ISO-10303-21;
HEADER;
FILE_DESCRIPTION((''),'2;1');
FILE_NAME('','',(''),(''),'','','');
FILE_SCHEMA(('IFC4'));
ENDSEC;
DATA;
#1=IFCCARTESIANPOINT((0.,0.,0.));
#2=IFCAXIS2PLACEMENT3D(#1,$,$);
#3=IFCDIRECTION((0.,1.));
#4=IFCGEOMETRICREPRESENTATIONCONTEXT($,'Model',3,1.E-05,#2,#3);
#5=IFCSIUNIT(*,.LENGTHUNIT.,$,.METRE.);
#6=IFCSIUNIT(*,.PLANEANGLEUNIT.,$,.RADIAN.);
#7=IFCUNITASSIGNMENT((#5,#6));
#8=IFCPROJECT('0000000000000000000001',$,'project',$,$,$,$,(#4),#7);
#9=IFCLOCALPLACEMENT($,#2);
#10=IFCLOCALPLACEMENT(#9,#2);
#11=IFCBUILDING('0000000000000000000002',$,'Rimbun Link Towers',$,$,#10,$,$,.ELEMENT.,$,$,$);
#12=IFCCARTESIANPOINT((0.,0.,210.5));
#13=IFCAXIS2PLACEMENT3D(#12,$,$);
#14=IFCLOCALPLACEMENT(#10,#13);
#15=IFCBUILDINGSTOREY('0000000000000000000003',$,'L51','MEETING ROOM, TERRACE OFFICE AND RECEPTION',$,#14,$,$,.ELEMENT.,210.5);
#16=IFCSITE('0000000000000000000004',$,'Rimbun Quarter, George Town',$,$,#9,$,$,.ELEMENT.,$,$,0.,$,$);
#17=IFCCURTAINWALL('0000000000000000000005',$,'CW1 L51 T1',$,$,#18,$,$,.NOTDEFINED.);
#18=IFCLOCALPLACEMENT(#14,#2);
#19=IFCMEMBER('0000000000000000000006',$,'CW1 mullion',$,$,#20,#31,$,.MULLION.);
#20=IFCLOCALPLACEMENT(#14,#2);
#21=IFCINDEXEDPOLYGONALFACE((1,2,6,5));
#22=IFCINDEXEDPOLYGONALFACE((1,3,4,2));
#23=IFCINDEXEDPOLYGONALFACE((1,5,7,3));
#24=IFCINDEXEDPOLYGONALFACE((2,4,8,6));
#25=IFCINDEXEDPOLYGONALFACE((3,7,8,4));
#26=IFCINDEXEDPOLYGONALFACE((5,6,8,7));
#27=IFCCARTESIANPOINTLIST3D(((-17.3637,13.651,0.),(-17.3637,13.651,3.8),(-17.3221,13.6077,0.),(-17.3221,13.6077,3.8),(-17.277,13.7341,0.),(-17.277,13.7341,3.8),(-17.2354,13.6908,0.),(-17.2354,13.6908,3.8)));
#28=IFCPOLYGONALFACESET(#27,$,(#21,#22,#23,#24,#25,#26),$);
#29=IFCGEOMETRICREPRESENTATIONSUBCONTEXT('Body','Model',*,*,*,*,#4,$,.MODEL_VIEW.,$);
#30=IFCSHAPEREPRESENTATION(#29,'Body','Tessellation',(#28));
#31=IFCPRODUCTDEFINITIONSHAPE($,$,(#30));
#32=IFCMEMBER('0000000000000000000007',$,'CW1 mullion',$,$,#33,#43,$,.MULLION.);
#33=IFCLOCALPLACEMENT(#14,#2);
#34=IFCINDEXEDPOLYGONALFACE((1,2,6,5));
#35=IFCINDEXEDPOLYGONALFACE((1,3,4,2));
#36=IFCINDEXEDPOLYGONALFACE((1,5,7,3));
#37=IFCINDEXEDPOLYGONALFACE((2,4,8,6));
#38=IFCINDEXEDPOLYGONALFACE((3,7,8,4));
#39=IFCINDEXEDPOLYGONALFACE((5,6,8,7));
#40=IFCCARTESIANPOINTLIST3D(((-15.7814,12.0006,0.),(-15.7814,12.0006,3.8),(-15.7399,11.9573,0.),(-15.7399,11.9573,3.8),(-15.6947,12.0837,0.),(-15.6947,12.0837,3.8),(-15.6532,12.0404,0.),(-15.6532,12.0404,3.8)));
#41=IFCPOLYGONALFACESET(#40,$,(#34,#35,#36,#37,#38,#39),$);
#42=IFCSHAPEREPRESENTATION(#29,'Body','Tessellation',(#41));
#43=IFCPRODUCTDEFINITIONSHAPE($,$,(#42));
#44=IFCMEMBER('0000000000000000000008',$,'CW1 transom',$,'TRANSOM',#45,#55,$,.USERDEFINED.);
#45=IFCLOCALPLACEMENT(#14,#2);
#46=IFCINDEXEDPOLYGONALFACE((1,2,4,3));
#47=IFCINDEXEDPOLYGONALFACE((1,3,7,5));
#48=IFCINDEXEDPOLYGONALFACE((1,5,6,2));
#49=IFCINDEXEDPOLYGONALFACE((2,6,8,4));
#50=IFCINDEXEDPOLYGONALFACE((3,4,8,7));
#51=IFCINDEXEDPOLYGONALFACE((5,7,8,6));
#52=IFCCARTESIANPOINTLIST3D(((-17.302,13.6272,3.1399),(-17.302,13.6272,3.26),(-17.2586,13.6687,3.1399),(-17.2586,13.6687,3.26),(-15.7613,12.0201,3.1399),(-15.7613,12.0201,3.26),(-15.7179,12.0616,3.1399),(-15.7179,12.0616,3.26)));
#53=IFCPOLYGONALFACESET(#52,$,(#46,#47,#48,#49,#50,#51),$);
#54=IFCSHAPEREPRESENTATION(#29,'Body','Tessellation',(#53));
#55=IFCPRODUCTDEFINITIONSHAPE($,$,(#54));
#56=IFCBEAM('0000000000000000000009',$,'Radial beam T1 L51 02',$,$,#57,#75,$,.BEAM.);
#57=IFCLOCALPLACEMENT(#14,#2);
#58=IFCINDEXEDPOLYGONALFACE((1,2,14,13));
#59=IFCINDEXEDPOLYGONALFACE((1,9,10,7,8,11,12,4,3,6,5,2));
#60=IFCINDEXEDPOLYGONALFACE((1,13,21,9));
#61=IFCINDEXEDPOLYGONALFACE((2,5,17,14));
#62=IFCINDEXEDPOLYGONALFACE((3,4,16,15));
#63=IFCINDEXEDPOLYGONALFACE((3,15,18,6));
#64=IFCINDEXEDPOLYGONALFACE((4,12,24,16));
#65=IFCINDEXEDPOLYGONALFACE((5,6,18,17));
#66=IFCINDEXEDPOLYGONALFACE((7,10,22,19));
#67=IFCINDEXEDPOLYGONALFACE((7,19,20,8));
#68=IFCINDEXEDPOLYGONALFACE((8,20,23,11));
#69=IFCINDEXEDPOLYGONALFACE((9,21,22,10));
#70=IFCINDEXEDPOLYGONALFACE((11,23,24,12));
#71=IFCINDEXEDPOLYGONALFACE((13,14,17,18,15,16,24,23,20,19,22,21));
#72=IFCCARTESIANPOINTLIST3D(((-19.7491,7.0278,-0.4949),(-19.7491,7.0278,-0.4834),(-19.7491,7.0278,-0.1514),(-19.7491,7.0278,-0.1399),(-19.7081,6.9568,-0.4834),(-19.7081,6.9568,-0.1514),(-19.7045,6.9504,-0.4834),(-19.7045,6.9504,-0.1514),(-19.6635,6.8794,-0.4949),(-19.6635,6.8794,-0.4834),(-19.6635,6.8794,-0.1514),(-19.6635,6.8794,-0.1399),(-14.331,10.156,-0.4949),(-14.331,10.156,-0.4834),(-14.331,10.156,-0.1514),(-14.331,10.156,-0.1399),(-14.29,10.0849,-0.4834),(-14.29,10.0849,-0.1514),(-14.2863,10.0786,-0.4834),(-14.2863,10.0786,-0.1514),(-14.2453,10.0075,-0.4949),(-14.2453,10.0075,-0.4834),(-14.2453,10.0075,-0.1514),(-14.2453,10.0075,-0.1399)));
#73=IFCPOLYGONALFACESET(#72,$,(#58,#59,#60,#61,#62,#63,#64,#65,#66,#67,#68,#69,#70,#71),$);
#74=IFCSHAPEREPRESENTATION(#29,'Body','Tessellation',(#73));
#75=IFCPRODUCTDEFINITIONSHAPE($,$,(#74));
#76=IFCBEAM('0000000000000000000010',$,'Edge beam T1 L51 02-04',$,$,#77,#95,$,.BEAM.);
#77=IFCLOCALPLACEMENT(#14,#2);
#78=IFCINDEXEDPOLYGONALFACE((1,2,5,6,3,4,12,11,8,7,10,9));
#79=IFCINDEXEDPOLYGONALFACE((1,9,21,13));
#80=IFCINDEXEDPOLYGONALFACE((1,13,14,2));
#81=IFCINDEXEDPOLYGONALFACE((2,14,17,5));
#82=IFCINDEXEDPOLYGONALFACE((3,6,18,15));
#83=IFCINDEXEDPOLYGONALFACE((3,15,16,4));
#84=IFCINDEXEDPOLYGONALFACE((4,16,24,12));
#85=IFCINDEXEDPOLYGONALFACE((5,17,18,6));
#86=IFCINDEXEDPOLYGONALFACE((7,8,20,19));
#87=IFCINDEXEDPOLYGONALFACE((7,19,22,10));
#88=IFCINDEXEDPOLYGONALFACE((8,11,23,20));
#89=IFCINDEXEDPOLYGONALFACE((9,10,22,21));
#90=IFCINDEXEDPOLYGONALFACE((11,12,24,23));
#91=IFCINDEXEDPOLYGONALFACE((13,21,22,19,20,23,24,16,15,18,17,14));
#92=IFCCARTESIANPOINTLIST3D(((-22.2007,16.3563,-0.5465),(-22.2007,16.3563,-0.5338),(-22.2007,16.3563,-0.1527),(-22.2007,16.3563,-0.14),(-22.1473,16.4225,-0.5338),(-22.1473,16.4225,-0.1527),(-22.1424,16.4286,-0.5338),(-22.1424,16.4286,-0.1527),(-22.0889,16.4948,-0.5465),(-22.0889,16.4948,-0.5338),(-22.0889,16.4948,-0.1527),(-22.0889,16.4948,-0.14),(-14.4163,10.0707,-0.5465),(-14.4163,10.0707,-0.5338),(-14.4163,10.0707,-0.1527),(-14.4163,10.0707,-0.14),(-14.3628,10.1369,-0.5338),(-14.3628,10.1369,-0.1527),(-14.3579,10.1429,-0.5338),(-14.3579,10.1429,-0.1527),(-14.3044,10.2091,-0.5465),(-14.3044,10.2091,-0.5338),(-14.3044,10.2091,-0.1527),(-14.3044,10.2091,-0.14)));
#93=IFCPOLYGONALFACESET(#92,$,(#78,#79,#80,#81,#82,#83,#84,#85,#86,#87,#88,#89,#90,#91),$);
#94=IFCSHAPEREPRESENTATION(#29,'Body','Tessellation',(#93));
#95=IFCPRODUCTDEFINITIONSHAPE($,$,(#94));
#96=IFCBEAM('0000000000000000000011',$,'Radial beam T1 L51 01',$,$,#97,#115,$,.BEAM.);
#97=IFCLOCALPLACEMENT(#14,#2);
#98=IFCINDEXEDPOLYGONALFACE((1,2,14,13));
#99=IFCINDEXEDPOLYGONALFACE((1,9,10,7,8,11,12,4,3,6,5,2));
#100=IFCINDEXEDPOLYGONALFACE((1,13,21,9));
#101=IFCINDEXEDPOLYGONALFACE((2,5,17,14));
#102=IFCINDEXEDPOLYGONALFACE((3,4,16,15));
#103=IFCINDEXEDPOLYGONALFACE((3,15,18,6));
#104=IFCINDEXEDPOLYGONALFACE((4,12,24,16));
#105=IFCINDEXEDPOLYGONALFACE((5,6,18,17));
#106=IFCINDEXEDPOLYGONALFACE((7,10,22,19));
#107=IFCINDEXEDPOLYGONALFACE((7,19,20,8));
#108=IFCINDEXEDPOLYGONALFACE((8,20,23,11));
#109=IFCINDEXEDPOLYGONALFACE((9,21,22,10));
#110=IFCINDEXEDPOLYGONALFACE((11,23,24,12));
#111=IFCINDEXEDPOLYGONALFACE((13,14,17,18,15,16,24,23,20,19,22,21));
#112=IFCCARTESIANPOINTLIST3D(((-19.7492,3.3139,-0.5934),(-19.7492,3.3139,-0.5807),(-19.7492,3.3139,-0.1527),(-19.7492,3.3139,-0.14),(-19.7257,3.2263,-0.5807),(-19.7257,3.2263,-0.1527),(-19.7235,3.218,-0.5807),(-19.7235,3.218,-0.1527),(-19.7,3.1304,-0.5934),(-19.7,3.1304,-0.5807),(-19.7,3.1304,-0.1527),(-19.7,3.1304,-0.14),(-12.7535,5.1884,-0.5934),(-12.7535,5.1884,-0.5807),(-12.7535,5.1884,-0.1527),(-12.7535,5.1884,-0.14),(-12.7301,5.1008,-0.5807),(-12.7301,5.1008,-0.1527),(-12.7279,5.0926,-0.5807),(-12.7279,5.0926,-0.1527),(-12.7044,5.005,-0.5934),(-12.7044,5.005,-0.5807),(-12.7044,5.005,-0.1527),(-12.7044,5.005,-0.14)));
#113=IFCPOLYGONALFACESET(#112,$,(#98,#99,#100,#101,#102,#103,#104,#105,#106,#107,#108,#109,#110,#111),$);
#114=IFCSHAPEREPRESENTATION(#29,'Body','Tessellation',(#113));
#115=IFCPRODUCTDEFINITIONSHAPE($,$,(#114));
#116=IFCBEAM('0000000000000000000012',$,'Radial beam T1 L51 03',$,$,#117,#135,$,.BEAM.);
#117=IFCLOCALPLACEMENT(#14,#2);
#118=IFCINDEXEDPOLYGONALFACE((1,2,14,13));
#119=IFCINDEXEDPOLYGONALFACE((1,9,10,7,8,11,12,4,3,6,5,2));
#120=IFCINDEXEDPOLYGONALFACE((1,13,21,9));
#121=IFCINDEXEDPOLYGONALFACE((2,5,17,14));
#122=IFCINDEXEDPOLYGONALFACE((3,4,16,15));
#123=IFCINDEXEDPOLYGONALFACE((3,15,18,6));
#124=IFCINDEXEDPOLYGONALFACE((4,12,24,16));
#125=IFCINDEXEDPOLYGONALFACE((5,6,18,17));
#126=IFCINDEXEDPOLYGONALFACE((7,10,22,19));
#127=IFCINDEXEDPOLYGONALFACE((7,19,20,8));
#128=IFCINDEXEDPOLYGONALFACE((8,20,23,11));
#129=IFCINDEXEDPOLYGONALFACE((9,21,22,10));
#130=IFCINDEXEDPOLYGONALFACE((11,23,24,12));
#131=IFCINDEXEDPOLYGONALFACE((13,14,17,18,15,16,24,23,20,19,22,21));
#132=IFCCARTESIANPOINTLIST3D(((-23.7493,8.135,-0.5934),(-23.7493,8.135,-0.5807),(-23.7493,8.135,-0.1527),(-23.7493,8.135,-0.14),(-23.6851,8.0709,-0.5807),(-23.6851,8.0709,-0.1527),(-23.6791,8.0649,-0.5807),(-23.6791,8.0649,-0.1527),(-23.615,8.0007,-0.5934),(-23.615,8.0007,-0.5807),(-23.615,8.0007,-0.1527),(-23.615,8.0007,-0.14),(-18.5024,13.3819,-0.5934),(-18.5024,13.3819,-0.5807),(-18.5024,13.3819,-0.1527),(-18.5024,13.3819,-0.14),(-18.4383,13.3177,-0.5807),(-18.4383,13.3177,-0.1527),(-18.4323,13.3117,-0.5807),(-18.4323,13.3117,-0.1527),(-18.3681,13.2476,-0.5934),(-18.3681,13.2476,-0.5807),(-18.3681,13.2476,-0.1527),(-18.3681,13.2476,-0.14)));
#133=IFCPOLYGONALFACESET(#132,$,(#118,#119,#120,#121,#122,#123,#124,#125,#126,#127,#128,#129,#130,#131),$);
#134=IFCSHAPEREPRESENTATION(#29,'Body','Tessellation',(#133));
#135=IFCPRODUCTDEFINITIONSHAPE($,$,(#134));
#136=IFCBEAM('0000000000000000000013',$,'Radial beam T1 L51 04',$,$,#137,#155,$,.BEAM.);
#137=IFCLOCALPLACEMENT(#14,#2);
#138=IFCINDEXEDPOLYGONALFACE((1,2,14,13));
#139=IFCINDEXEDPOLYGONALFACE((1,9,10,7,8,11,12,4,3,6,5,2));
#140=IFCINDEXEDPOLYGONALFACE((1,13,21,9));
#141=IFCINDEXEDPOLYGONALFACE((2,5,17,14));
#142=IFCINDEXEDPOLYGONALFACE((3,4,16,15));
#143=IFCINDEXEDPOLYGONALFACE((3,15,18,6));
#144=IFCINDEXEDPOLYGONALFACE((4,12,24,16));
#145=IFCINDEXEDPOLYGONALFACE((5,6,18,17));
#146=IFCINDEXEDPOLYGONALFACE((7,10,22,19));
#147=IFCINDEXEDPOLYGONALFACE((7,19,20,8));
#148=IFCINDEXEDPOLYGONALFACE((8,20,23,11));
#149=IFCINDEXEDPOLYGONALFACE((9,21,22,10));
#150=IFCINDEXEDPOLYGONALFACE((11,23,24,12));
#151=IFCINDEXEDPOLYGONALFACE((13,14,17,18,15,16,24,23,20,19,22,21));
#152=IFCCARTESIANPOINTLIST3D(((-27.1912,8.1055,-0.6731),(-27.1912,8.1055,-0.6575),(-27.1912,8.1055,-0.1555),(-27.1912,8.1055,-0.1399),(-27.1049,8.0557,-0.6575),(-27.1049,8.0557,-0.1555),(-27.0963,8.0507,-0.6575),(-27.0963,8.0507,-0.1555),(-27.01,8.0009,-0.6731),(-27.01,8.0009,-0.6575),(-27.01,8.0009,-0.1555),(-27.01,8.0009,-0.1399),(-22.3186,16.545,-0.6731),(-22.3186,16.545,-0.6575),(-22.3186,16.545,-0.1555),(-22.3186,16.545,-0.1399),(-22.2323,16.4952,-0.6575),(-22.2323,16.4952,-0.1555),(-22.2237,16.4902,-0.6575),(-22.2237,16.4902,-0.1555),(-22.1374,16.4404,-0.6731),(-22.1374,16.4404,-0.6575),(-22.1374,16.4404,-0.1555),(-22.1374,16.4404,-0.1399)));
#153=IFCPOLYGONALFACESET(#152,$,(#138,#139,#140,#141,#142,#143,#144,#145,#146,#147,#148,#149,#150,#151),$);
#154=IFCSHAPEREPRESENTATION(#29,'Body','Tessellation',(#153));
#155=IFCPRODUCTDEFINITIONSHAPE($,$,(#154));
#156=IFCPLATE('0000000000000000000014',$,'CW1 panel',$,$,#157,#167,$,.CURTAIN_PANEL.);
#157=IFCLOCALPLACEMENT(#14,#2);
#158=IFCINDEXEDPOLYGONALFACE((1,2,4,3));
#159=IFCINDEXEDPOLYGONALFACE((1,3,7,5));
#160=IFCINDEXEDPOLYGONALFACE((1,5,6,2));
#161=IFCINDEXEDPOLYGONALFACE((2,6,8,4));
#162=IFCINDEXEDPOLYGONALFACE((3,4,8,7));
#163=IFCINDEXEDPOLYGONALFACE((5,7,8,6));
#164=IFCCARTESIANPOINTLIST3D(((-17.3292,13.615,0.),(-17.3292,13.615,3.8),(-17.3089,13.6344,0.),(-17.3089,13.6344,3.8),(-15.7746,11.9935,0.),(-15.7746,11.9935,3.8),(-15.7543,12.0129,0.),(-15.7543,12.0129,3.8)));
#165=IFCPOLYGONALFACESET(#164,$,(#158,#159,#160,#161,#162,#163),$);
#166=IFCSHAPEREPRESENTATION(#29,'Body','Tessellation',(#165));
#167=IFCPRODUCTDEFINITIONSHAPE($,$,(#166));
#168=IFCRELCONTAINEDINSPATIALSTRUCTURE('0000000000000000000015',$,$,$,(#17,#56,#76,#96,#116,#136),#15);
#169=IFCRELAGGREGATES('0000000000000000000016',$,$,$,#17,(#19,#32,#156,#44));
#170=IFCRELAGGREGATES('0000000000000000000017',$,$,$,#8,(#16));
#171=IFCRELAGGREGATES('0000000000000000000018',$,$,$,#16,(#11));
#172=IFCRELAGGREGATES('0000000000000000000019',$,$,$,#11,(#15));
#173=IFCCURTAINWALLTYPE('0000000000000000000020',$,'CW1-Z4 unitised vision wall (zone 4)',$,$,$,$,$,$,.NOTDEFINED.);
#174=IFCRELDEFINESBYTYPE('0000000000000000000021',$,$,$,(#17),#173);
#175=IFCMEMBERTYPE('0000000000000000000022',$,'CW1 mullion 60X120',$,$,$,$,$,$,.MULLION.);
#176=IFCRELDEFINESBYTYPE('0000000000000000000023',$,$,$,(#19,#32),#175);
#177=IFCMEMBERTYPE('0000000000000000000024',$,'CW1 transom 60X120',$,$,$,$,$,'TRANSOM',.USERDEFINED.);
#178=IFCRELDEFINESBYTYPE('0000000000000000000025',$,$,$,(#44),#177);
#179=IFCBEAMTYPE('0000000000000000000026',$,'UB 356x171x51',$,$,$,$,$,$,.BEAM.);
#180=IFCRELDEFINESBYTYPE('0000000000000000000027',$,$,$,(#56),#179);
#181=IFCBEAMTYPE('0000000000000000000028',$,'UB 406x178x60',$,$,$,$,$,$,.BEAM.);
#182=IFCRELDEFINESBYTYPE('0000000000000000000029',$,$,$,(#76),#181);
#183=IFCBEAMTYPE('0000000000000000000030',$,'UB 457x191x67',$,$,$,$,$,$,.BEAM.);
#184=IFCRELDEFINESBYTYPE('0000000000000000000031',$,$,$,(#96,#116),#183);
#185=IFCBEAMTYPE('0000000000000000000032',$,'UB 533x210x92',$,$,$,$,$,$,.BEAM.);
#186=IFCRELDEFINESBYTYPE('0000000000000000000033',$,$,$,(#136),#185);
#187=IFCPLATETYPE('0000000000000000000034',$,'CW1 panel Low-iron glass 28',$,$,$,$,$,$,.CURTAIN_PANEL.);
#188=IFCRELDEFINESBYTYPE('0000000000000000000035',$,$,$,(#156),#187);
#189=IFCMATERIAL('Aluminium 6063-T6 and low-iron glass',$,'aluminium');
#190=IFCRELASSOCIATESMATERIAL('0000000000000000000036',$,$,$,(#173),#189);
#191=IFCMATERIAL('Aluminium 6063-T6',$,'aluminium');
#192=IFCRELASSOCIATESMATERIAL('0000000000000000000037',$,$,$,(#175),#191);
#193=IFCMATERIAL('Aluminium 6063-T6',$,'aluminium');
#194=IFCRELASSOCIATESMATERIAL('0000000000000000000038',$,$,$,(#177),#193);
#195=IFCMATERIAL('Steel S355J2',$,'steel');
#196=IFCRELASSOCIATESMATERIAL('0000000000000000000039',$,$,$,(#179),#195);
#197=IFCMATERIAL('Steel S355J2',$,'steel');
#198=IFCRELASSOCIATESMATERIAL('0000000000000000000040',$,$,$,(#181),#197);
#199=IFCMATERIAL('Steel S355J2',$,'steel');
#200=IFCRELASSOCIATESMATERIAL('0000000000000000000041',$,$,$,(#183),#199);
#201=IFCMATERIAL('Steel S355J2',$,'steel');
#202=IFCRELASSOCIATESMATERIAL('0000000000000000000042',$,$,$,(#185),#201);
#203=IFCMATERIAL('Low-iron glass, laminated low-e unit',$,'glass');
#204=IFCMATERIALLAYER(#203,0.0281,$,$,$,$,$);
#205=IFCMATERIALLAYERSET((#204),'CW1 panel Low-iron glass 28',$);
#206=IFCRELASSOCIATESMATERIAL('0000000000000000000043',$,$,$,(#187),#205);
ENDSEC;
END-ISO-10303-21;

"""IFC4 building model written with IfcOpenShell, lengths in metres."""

from ifc_helpers import new_model, si_unit, direction, frame, origin, origin_2d, place, context, subcontext, project, spatial, rectangle, i_section, extrude, material, layer, layer_set, material_profile, profile_set, type_object, element, aggregate, save


model = new_model("IFC4")

# Units and contexts
model_context = context("Model", 3, precision=1e-05, world=origin(), true_north=direction((0.0, 1.0)))
body_context = subcontext(model_context, "Body", "Model", "MODEL_VIEW")
ifc_project = project(units=[si_unit("LENGTHUNIT", "METRE"), si_unit("PLANEANGLEUNIT", "RADIAN")], contexts=[model_context])

# Site, building, storey
site_placement = place(None, origin())
site = spatial("IfcSite", under=ifc_project, at=site_placement, Name="Rimbun Quarter, George Town", CompositionType="ELEMENT", RefElevation=0.0)
building_placement = place(site_placement, origin())
building = spatial("IfcBuilding", under=site, at=building_placement, Name="Rimbun Link Towers", CompositionType="ELEMENT")
storey_placement = place(building_placement, frame((0.0, 0.0, 210.5)))
storey = spatial("IfcBuildingStorey", under=building, at=storey_placement, Name="L51", Description="MEETING ROOM, TERRACE OFFICE AND RECEPTION", CompositionType="ELEMENT", Elevation=210.5)

# Curtain wall, members
ifc_material_1 = material(Name="Aluminium 6063-T6 and low-iron glass", Category="aluminium")
curtain_wall_type = type_object("IfcCurtainWallType", Name="CW1-Z4 unitised vision wall (zone 4)", PredefinedType="NOTDEFINED", material=ifc_material_1)
curtain_wall_placement = place(storey_placement, origin())
curtain_wall = element("IfcCurtainWall", 1, at=curtain_wall_placement, inside=storey, type_object=curtain_wall_type, Name="CW1 L51 T1", PredefinedType="NOTDEFINED")
ifc_material_2 = material(Name="Aluminium 6063-T6", Category="aluminium")
ifc_material_profile_1 = material_profile(ifc_material_2, rectangle(XDim=0.1201, YDim=0.0601, at=origin_2d()), Name="MULLION 60X120")
ifc_profile_set_1 = profile_set([ifc_material_profile_1], Name="Aluminium 6063-T6")
member_type_1 = type_object("IfcMemberType", Name="CW1 mullion 60X120", PredefinedType="MULLION", material=ifc_profile_set_1)
member_1_placement = place(storey_placement, frame((-17.2996, 13.6709, 0.0), z_axis=(0.0, 0.0, 1.0), x_axis=(0.721846, 0.692053, 0.0)))
member_1 = element("IfcMember", 2, at=member_1_placement, type_object=member_type_1, Name="CW1 mullion", PredefinedType="MULLION", context=body_context, shape_type="SweptSolid", body=[
    extrude(rectangle(XDim=0.1201, YDim=0.0601, at=origin_2d()), origin(), (0.0, 0.0, 1.0), 3.8),
])
member_2_placement = place(storey_placement, frame((-15.7173, 12.0205, 0.0), z_axis=(0.0, 0.0, 1.0), x_axis=(0.721846, 0.692053, 0.0)))
member_2 = element("IfcMember", 3, at=member_2_placement, type_object=member_type_1, Name="CW1 mullion", PredefinedType="MULLION", context=body_context, shape_type="SweptSolid", body=[
    extrude(rectangle(XDim=0.1201, YDim=0.0601, at=origin_2d()), origin(), (0.0, 0.0, 1.0), 3.8),
])
ifc_material_3 = material(Name="Aluminium 6063-T6", Category="aluminium")
ifc_material_profile_2 = material_profile(ifc_material_3, rectangle(XDim=0.0601, YDim=0.1201, at=origin_2d()), Name="TRANSOM 60X120")
ifc_profile_set_2 = profile_set([ifc_material_profile_2], Name="Aluminium 6063-T6")
member_type_2 = type_object("IfcMemberType", Name="CW1 transom 60X120", ElementType="TRANSOM", PredefinedType="USERDEFINED", material=ifc_profile_set_2)
member_3_placement = place(storey_placement, frame((-17.2803, 13.6479, 3.2), z_axis=(0.692036, -0.721863, 0.0), x_axis=(0.721863, 0.692036, 0.0)))
member_3 = element("IfcMember", 4, at=member_3_placement, type_object=member_type_2, Name="CW1 transom", ObjectType="TRANSOM", PredefinedType="USERDEFINED", context=body_context, shape_type="SweptSolid", body=[
    extrude(rectangle(XDim=0.0601, YDim=0.1201, at=origin_2d()), origin(), (0.0, 0.0, 1.0), 2.2263),
])

# Beams
ifc_material_4 = material(Name="Steel S355J2", Category="steel")
ifc_material_profile_3 = material_profile(ifc_material_4, i_section(OverallWidth=0.1714, OverallDepth=0.355, WebThickness=0.0073, FlangeThickness=0.0115, at=origin_2d()), Name="UB 356x171x51")
ifc_profile_set_3 = profile_set([ifc_material_profile_3], Name="Steel S355J2")
beam_type_1 = type_object("IfcBeamType", Name="UB 356x171x51", PredefinedType="BEAM", material=ifc_profile_set_3)
beam_1_placement = place(storey_placement, frame((-19.7063, 6.9536, -0.3174), z_axis=(0.866028, 0.499996, 0.0), x_axis=(-0.499996, 0.866028, 0.0)))
element("IfcBeam", 5, at=beam_1_placement, inside=storey, type_object=beam_type_1, Name="Radial beam T1 L51 02", PredefinedType="BEAM", context=body_context, shape_type="SweptSolid", body=[
    extrude(i_section(OverallWidth=0.1714, OverallDepth=0.355, WebThickness=0.0073, FlangeThickness=0.0115, at=origin_2d()), origin(), (0.0, 0.0, 1.0), 6.2563),
])
ifc_material_5 = material(Name="Steel S355J2", Category="steel")
ifc_material_profile_4 = material_profile(ifc_material_5, i_section(OverallWidth=0.178, OverallDepth=0.4065, WebThickness=0.0078, FlangeThickness=0.0127, at=origin_2d()), Name="UB 406x178x60")
ifc_profile_set_4 = profile_set([ifc_material_profile_4], Name="Steel S355J2")
beam_type_2 = type_object("IfcBeamType", Name="UB 406x178x60", PredefinedType="BEAM", material=ifc_profile_set_4)
beam_2_placement = place(storey_placement, frame((-14.3604, 10.1399, -0.3433), z_axis=(-0.778028, 0.62823, 0.0), x_axis=(-0.62823, -0.778028, 0.0)))
element("IfcBeam", 6, at=beam_2_placement, inside=storey, type_object=beam_type_2, Name="Edge beam T1 L51 02-04", PredefinedType="BEAM", context=body_context, shape_type="SweptSolid", body=[
    extrude(i_section(OverallWidth=0.178, OverallDepth=0.4065, WebThickness=0.0078, FlangeThickness=0.0127, at=origin_2d()), origin(), (0.0, 0.0, 1.0), 10.0054),
])
ifc_material_6 = material(Name="Steel S355J2", Category="steel")
ifc_material_profile_5 = material_profile(ifc_material_6, i_section(OverallWidth=0.1899, OverallDepth=0.4534, WebThickness=0.0085, FlangeThickness=0.0127, at=origin_2d()), Name="UB 457x191x67")
ifc_profile_set_5 = profile_set([ifc_material_profile_5], Name="Steel S355J2")
beam_type_3 = type_object("IfcBeamType", Name="UB 457x191x67", PredefinedType="BEAM", material=ifc_profile_set_5)
beam_3_placement = place(storey_placement, frame((-19.7246, 3.2222, -0.3667), z_axis=(0.965924, 0.258825, 0.0), x_axis=(-0.258825, 0.965924, 0.0)))
element("IfcBeam", 7, at=beam_3_placement, inside=storey, type_object=beam_type_3, Name="Radial beam T1 L51 01", PredefinedType="BEAM", context=body_context, shape_type="SweptSolid", body=[
    extrude(i_section(OverallWidth=0.1899, OverallDepth=0.4534, WebThickness=0.0085, FlangeThickness=0.0127, at=origin_2d()), origin(), (0.0, 0.0, 1.0), 7.2424),
])
beam_4_placement = place(storey_placement, frame((-23.6821, 8.0679, -0.3667), z_axis=(0.707107, 0.707107, 0.0), x_axis=(-0.707107, 0.707107, 0.0)))
element("IfcBeam", 8, at=beam_4_placement, inside=storey, type_object=beam_type_3, Name="Radial beam T1 L51 03", PredefinedType="BEAM", context=body_context, shape_type="SweptSolid", body=[
    extrude(i_section(OverallWidth=0.1899, OverallDepth=0.4534, WebThickness=0.0085, FlangeThickness=0.0127, at=origin_2d()), origin(), (0.0, 0.0, 1.0), 7.4202),
])
ifc_material_7 = material(Name="Steel S355J2", Category="steel")
ifc_material_profile_6 = material_profile(ifc_material_7, i_section(OverallWidth=0.2092, OverallDepth=0.5332, WebThickness=0.01, FlangeThickness=0.0156, at=origin_2d()), Name="UB 533x210x92")
ifc_profile_set_6 = profile_set([ifc_material_profile_6], Name="Steel S355J2")
beam_type_4 = type_object("IfcBeamType", Name="UB 533x210x92", PredefinedType="BEAM", material=ifc_profile_set_6)
beam_5_placement = place(storey_placement, frame((-27.1006, 8.0532, -0.4065), z_axis=(0.500003, 0.866024, 0.0), x_axis=(-0.866024, 0.500003, 0.0)))
element("IfcBeam", 9, at=beam_5_placement, inside=storey, type_object=beam_type_4, Name="Radial beam T1 L51 04", PredefinedType="BEAM", context=body_context, shape_type="SweptSolid", body=[
    extrude(i_section(OverallWidth=0.2092, OverallDepth=0.5332, WebThickness=0.01, FlangeThickness=0.0156, at=origin_2d()), origin(), (0.0, 0.0, 1.0), 9.7451),
])

# Plate
ifc_material_8 = material(Name="Low-iron glass, laminated low-e unit", Category="glass")
ifc_layer_1 = layer(ifc_material_8, 0.0281)
ifc_layer_set_1 = layer_set([ifc_layer_1], Name="CW1 panel Low-iron glass 28")
plate_type = type_object("IfcPlateType", Name="CW1 panel Low-iron glass 28", PredefinedType="CURTAIN_PANEL", material=ifc_layer_set_1)
plate_placement = place(storey_placement, frame((-16.5417, 12.814, 0.0), z_axis=(0.0, 0.0, 1.0), x_axis=(0.692053, -0.721846, 0.0)))
plate = element("IfcPlate", 10, at=plate_placement, type_object=plate_type, Name="CW1 panel", PredefinedType="CURTAIN_PANEL", context=body_context, shape_type="SweptSolid", body=[
    extrude(rectangle(XDim=2.2463, YDim=0.0281, at=origin_2d()), origin(), (0.0, 0.0, 1.0), 3.8),
])
aggregate(curtain_wall, [member_1, member_2, plate, member_3])

save(model, "model.ifc")
